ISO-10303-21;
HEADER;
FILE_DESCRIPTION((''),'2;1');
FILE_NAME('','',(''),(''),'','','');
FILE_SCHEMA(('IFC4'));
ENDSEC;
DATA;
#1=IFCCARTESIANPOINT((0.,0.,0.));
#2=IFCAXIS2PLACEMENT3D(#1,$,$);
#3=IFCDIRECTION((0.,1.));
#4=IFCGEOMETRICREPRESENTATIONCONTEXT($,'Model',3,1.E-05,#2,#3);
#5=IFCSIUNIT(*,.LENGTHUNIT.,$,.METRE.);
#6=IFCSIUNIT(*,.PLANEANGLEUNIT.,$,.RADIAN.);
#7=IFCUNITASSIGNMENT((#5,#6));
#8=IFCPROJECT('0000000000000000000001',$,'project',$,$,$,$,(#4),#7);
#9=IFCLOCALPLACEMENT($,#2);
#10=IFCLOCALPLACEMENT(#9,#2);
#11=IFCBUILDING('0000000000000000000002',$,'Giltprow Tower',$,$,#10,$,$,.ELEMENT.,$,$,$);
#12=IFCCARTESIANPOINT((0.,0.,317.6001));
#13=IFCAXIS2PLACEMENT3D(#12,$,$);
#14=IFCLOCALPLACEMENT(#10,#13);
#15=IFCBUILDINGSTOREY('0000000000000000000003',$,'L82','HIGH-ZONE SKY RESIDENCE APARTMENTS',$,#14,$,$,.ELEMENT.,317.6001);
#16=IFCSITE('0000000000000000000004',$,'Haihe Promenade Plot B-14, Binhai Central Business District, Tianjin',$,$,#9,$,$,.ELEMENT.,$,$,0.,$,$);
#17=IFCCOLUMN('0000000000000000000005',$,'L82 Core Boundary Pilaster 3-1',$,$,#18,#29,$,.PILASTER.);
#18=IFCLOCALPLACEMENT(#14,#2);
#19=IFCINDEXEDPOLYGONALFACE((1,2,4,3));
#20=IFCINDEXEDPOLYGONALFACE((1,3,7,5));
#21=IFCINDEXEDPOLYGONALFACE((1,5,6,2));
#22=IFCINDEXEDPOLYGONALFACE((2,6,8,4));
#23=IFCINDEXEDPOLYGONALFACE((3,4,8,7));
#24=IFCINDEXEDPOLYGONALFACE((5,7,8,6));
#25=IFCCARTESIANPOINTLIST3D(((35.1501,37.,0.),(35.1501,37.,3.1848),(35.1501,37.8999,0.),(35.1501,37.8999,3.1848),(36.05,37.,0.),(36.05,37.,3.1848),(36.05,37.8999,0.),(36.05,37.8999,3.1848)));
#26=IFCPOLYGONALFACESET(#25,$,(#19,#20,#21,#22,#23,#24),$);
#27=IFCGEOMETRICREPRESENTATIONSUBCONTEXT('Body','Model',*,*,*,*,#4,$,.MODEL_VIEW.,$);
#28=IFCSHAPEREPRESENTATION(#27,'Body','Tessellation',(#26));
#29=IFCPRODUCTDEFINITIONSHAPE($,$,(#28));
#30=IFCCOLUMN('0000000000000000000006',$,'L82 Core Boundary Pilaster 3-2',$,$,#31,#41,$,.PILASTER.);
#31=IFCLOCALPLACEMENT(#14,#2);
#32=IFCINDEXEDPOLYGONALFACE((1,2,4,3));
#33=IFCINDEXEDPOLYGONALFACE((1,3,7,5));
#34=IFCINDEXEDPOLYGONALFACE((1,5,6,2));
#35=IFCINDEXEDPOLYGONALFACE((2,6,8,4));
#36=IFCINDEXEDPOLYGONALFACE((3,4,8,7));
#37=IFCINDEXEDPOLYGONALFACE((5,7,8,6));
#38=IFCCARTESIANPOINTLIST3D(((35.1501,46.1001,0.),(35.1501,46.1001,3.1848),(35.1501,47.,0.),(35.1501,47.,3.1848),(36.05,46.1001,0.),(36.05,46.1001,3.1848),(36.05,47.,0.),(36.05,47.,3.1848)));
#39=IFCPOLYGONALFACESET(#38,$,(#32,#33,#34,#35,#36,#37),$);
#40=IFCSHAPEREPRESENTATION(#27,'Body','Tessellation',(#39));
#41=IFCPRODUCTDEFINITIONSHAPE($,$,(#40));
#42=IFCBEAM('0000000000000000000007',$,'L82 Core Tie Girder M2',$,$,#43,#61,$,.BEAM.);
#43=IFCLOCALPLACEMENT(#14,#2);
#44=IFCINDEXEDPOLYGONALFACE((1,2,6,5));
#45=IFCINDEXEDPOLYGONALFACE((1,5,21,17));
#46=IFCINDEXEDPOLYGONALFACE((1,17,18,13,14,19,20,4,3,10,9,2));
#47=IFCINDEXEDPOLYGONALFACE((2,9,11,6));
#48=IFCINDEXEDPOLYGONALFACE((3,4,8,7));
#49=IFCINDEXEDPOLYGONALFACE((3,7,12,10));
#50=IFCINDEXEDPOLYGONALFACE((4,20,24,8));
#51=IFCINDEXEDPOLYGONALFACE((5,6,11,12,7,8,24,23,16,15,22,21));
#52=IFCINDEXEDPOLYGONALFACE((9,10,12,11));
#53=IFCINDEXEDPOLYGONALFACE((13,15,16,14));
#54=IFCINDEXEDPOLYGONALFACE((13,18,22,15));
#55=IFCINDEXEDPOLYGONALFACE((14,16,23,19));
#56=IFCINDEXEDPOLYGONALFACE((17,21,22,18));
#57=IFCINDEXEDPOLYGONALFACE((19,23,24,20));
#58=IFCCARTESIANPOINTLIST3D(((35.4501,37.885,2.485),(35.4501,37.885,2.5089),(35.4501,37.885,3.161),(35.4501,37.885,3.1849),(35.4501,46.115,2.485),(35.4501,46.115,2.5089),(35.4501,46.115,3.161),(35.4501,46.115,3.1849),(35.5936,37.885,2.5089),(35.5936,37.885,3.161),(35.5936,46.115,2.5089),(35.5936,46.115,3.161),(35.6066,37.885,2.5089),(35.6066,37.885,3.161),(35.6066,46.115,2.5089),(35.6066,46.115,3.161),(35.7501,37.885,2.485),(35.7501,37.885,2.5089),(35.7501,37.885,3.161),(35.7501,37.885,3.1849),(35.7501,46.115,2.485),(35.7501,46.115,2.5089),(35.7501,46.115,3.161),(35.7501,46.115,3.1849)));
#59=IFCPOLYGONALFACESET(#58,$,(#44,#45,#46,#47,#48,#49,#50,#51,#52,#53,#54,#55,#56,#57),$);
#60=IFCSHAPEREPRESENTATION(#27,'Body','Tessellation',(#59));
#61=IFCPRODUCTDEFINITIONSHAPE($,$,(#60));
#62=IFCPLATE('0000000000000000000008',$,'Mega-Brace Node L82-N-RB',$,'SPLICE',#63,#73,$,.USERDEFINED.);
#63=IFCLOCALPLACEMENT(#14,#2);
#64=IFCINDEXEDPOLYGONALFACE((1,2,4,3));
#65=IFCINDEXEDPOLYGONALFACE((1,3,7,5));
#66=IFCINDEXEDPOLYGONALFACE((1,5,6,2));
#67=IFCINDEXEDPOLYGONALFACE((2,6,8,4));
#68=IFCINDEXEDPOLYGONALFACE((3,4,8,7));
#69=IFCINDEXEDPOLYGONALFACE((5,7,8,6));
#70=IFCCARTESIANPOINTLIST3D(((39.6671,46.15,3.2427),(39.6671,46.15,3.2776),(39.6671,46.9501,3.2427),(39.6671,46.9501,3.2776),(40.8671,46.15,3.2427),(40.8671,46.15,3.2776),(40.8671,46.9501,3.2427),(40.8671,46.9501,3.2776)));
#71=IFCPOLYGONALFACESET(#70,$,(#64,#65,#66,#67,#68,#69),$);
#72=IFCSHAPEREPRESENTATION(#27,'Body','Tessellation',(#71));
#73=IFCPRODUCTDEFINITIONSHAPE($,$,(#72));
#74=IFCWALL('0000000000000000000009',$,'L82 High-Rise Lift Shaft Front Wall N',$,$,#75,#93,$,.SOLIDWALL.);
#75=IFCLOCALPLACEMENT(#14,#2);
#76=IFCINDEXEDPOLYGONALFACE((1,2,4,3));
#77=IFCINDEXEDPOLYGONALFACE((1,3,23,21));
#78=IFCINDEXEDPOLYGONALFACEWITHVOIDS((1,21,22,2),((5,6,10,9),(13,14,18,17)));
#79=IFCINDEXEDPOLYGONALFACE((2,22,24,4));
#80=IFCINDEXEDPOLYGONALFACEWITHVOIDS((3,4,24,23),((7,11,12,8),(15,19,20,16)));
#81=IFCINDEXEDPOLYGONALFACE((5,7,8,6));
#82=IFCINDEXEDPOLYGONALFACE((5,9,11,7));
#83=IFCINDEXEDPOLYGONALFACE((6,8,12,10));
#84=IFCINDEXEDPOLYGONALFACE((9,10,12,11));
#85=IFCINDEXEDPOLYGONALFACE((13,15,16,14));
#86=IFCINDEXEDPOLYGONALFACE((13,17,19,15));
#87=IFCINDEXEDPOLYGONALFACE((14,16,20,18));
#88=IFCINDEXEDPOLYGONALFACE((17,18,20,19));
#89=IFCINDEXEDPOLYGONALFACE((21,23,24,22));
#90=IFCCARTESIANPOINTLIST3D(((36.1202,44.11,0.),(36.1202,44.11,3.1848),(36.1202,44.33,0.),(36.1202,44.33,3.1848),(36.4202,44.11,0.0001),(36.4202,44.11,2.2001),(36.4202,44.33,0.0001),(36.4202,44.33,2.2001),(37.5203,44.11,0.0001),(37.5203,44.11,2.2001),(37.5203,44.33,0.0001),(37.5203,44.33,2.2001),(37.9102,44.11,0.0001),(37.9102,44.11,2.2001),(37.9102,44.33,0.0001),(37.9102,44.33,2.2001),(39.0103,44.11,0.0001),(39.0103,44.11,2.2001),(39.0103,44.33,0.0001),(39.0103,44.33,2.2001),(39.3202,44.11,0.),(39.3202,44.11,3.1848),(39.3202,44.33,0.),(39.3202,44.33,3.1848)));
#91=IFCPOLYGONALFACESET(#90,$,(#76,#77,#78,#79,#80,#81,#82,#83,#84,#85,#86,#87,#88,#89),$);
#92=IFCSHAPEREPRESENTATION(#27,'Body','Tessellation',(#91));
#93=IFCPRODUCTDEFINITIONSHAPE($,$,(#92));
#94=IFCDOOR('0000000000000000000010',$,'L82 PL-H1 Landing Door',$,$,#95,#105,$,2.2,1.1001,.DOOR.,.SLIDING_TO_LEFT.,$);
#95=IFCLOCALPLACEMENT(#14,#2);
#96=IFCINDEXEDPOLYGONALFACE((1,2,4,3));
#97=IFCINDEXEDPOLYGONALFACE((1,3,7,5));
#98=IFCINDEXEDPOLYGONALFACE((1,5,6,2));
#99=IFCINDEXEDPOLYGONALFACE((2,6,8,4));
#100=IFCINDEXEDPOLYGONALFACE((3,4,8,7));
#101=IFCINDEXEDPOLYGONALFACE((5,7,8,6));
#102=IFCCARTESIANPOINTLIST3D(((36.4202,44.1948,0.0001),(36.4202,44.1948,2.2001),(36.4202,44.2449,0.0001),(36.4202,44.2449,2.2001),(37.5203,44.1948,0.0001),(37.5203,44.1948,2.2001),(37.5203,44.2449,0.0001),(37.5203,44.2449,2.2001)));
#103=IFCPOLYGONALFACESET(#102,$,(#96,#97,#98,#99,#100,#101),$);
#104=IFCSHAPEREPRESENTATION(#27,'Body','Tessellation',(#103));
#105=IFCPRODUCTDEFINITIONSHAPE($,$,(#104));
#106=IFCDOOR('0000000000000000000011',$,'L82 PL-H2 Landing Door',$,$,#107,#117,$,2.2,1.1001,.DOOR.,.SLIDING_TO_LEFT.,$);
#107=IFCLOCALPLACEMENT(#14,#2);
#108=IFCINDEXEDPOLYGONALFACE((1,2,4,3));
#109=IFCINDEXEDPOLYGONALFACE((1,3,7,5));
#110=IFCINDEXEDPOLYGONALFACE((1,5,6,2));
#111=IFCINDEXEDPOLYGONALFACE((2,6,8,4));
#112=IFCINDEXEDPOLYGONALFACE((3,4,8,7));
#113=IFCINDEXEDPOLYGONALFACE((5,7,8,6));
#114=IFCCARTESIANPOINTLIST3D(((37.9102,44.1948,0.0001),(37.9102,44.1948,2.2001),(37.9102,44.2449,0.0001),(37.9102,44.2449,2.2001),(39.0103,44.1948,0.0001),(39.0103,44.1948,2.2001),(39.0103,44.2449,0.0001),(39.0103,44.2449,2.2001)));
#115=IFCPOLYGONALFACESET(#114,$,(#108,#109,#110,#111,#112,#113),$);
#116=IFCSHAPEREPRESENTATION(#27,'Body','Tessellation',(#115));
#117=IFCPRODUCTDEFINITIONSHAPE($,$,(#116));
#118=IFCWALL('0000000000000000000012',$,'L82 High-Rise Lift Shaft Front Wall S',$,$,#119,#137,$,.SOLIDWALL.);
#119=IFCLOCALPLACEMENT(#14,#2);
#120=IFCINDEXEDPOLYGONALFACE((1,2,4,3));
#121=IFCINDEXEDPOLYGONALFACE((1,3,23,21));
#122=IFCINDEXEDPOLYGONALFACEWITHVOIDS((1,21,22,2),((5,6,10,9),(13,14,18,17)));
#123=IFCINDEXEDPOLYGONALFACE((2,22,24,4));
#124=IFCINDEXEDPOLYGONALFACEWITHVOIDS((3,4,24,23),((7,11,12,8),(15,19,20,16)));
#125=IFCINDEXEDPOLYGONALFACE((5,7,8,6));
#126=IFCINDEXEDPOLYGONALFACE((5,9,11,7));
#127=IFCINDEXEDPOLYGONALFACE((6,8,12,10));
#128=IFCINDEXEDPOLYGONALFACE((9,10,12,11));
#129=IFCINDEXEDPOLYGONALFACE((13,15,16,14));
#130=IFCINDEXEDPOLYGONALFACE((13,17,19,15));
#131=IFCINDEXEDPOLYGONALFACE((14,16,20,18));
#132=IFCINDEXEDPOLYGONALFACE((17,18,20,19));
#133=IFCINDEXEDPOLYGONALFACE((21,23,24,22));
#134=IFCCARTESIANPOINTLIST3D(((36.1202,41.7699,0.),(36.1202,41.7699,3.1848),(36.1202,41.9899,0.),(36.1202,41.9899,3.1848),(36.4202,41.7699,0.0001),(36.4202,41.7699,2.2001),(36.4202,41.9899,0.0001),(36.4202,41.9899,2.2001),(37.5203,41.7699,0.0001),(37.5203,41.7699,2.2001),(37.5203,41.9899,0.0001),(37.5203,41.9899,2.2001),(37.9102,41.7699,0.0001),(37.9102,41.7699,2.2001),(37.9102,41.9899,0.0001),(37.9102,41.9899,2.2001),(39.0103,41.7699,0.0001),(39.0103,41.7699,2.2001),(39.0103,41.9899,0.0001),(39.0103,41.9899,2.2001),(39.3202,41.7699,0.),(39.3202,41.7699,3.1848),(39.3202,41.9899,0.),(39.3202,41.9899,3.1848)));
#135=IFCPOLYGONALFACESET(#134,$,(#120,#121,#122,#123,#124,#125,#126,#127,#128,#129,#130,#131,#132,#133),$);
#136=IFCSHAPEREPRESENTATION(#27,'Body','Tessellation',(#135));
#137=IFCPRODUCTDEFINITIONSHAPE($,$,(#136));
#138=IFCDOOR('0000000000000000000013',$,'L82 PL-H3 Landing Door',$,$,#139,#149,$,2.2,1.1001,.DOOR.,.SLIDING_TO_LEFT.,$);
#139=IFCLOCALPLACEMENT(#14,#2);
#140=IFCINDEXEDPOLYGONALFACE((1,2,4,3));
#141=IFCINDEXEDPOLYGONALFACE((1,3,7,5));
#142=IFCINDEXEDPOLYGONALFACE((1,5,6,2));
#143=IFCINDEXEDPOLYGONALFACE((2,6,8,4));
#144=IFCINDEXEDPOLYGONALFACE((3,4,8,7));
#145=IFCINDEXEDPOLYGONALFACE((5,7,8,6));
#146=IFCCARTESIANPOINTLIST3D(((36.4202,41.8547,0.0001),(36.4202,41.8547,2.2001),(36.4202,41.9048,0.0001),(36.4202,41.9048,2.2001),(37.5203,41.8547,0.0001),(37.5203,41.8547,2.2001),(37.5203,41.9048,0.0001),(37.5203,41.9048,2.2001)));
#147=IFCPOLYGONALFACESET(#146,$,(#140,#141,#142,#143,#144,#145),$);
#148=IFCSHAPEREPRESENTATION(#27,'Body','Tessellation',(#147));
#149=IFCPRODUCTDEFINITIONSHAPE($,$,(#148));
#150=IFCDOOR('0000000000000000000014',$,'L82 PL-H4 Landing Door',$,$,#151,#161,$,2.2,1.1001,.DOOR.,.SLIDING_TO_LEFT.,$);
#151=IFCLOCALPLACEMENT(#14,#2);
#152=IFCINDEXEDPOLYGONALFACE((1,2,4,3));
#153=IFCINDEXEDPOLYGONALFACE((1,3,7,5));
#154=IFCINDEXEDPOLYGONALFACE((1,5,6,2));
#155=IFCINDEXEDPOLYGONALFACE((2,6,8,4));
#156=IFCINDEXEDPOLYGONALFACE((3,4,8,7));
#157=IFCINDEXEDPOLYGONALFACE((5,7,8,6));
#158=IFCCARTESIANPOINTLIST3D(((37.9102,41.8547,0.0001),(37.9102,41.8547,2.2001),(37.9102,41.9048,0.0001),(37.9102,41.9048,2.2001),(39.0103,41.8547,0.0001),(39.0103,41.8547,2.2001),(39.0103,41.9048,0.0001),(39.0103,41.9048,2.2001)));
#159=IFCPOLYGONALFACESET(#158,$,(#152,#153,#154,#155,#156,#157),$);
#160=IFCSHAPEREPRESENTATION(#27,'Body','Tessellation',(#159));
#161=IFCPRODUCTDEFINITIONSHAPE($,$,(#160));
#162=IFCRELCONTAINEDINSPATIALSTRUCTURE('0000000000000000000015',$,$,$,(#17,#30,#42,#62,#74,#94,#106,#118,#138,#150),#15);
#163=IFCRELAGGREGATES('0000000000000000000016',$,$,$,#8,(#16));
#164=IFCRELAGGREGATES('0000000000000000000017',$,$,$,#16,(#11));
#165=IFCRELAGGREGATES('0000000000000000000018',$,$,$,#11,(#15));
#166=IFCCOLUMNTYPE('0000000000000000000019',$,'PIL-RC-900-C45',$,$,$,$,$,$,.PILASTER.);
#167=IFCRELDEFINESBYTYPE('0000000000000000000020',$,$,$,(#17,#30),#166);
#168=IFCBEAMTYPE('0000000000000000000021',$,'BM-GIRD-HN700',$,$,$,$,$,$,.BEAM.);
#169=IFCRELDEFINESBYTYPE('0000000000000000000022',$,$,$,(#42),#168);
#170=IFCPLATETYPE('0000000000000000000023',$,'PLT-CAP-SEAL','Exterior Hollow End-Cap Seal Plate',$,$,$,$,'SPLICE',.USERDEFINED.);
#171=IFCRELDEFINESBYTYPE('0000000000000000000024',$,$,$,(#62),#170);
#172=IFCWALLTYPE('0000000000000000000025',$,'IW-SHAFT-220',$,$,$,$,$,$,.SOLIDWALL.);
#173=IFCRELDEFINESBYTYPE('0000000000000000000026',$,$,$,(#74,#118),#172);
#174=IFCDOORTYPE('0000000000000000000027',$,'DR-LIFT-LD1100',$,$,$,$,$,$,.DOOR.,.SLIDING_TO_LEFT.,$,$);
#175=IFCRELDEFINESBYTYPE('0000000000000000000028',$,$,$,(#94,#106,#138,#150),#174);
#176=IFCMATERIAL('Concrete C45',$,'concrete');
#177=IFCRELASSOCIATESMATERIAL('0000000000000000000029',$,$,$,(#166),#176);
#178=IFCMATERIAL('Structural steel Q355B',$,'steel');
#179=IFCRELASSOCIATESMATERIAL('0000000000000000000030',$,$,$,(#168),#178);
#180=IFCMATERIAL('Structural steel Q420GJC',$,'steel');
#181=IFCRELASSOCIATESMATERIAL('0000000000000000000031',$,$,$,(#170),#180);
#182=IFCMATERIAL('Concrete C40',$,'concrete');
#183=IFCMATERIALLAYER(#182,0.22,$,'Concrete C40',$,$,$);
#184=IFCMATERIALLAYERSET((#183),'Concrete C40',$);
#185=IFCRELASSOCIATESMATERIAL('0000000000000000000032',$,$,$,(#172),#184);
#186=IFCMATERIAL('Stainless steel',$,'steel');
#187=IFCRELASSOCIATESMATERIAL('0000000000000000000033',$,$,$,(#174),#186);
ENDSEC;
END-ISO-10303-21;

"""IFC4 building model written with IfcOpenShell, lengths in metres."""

from ifc_helpers import new_model, si_unit, direction, frame, frame_2d, origin, origin_2d, place, context, subcontext, project, spatial, rectangle, i_section, extrude, source, transform, mapped, material, layer, layer_set, material_profile, profile_set, type_object, element, fill, save


model = new_model("IFC4")

# Units and contexts
model_context = context("Model", 3, precision=1e-05, world=origin(), true_north=direction((0.0, 1.0)))
body_context = subcontext(model_context, "Body", "Model", "MODEL_VIEW")
ifc_project = project(units=[si_unit("LENGTHUNIT", "METRE"), si_unit("PLANEANGLEUNIT", "RADIAN")], contexts=[model_context])

# Site, building, storey
site_placement = place(None, origin())
site = spatial("IfcSite", under=ifc_project, at=site_placement, Name="Haihe Promenade Plot B-14, Binhai Central Business District, Tianjin", CompositionType="ELEMENT", RefElevation=0.0)
building_placement = place(site_placement, origin())
building = spatial("IfcBuilding", under=site, at=building_placement, Name="Giltprow Tower", CompositionType="ELEMENT")
storey_placement = place(building_placement, frame((0.0, 0.0, 317.6001)))
storey = spatial("IfcBuildingStorey", under=building, at=storey_placement, Name="L82", Description="HIGH-ZONE SKY RESIDENCE APARTMENTS", CompositionType="ELEMENT", Elevation=317.6001)

# Columns
ifc_material_1 = material(Name="Concrete C45", Category="concrete")
ifc_material_profile_1 = material_profile(ifc_material_1, rectangle(XDim=0.8999, YDim=0.8999, at=origin_2d()), Name="RC 900x900")
ifc_profile_set_1 = profile_set([ifc_material_profile_1], Name="Concrete C45")
column_type = type_object("IfcColumnType", Name="PIL-RC-900-C45", PredefinedType="PILASTER", material=ifc_profile_set_1)
shared_shape_1 = source(origin(), body_context, "Body", "SweptSolid", [
    extrude(rectangle(XDim=0.8999, YDim=0.8999, at=origin_2d()), origin(), (0.0, 0.0, 1.0), 3.1848),
])
for number, where, z_axis, x_axis, name in (
    (1, (35.6001, 37.45, 0.0), (0.0, 0.0, 1.0), (1.0, 0.0, 0.0), "L82 Core Boundary Pilaster 3-1"),
    (2, (35.6001, 46.55, 0.0), (0.0, 0.0, 1.0), (1.0, 0.0, 0.0), "L82 Core Boundary Pilaster 3-2"),
):
    element("IfcColumn", number, at=place(storey_placement, frame(where, z_axis=z_axis, x_axis=x_axis)), inside=storey, type_object=column_type, Name=name, PredefinedType="PILASTER", context=body_context, shape_type="MappedRepresentation", body=[
        mapped(shared_shape_1, transform((0.0, 0.0, 0.0), x_axis=(1.0, 0.0, 0.0), y_axis=(0.0, 1.0, 0.0), z_axis=(0.0, 0.0, 1.0), scale=1.0)),
    ])

# Beam
ifc_material_2 = material(Name="Structural steel Q355B", Category="steel")
ifc_material_profile_2 = material_profile(ifc_material_2, i_section(OverallWidth=0.3, OverallDepth=0.7, WebThickness=0.0129, FlangeThickness=0.0239, at=origin_2d()), Name="HN 700x300x13x24")
ifc_profile_set_2 = profile_set([ifc_material_profile_2], Name="Structural steel Q355B")
beam_type = type_object("IfcBeamType", Name="BM-GIRD-HN700", PredefinedType="BEAM", material=ifc_profile_set_2)
shared_shape_2 = source(origin(), body_context, "Body", "SweptSolid", [
    extrude(i_section(OverallWidth=0.3, OverallDepth=0.7, WebThickness=0.0129, FlangeThickness=0.0239, at=origin_2d()), origin(), (0.0, 0.0, 1.0), 8.23),
])
beam_placement = place(storey_placement, frame((35.6001, 37.885, 2.835), z_axis=(0.0, 1.0, 0.0), x_axis=(-1.0, 0.0, 0.0)))
element("IfcBeam", 3, at=beam_placement, inside=storey, type_object=beam_type, Name="L82 Core Tie Girder M2", PredefinedType="BEAM", context=body_context, shape_type="MappedRepresentation", body=[
    mapped(shared_shape_2, transform((0.0, 0.0, 0.0), x_axis=(1.0, 0.0, 0.0), y_axis=(0.0, 1.0, 0.0), z_axis=(0.0, 0.0, 1.0), scale=1.0)),
])

# Plate
ifc_material_3 = material(Name="Structural steel Q420GJC", Category="steel")
plate_type = type_object("IfcPlateType", Name="PLT-CAP-SEAL", Description="Exterior Hollow End-Cap Seal Plate", ElementType="SPLICE", PredefinedType="USERDEFINED", material=ifc_material_3)
shared_shape_3 = source(origin(), body_context, "Body", "SweptSolid", [
    extrude(rectangle(XDim=1.2, YDim=0.8, at=origin_2d()), origin(), (0.0, 0.0, 1.0), 0.0349),
])
plate_placement = place(storey_placement, frame((40.2671, 46.55, 3.2427), z_axis=(0.0, 0.0, 1.0), x_axis=(1.0, 0.0, 0.0)))
element("IfcPlate", 4, at=plate_placement, inside=storey, type_object=plate_type, Name="Mega-Brace Node L82-N-RB", ObjectType="SPLICE", PredefinedType="USERDEFINED", context=body_context, shape_type="MappedRepresentation", body=[
    mapped(shared_shape_3, transform((0.0, 0.0, 0.0), x_axis=(1.0, 0.0, 0.0), y_axis=(0.0, 1.0, 0.0), z_axis=(0.0, 0.0, 1.0), scale=1.0)),
])

# Walls, openings, doors
ifc_material_4 = material(Name="Concrete C40", Category="concrete")
ifc_layer_1 = layer(ifc_material_4, 0.22, Name="Concrete C40")
ifc_layer_set_1 = layer_set([ifc_layer_1], Name="Concrete C40")
wall_type_1 = type_object("IfcWallType", Name="IW-SHAFT-220", PredefinedType="SOLIDWALL", material=ifc_layer_set_1)
wall_1_placement = place(storey_placement, frame((36.1201, 44.22, 0.0), z_axis=(0.0, 0.0, 1.0), x_axis=(1.0, 0.0, 0.0)))
wall_1 = element("IfcWall", 5, at=wall_1_placement, inside=storey, type_object=wall_type_1, Name="L82 High-Rise Lift Shaft Front Wall N", PredefinedType="SOLIDWALL", context=body_context, shape_type="SweptSolid", body=[
    extrude(rectangle(XDim=3.2, YDim=0.22, at=frame_2d((1.6001, 0.0))), origin(), (0.0, 0.0, 1.0), 3.1848),
])
opening_1_placement = place(wall_1_placement, frame((0.3, 0.0, 0.0)))
opening_1 = element("IfcOpeningElement", 6, at=opening_1_placement, cuts=wall_1, PredefinedType="OPENING", context=body_context, shape_type="SweptSolid", body=[
    extrude(rectangle(XDim=1.1001, YDim=2.2, at=frame_2d((0.55, 1.1001))), frame((0.0, 0.1199, 0.0), z_axis=(0.0, -1.0, 0.0), x_axis=(1.0, 0.0, 0.0)), (0.0, 0.0, 1.0), 0.24),
])
opening_2_placement = place(wall_1_placement, frame((1.79, 0.0, 0.0)))
opening_2 = element("IfcOpeningElement", 7, at=opening_2_placement, cuts=wall_1, PredefinedType="OPENING", context=body_context, shape_type="SweptSolid", body=[
    extrude(rectangle(XDim=1.1001, YDim=2.2, at=frame_2d((0.55, 1.1001))), frame((0.0, 0.1199, 0.0), z_axis=(0.0, -1.0, 0.0), x_axis=(1.0, 0.0, 0.0)), (0.0, 0.0, 1.0), 0.24),
])
ifc_material_5 = material(Name="Stainless steel", Category="steel")
door_type_1 = type_object("IfcDoorType", Name="DR-LIFT-LD1100", OperationType="SLIDING_TO_LEFT", PredefinedType="DOOR", material=ifc_material_5)
shared_shape_4 = source(origin(), body_context, "Body", "SweptSolid", [
    extrude(rectangle(XDim=1.1001, YDim=2.2, at=frame_2d((0.55, 1.1001))), frame((0.0, 0.0249, 0.0), z_axis=(0.0, -1.0, 0.0), x_axis=(1.0, 0.0, 0.0)), (0.0, 0.0, 1.0), 0.05),
])
door_1_placement = place(opening_1_placement, origin())
door_1 = element("IfcDoor", 8, at=door_1_placement, inside=storey, type_object=door_type_1, Name="L82 PL-H1 Landing Door", OperationType="SLIDING_TO_LEFT", OverallHeight=2.2, OverallWidth=1.1001, PredefinedType="DOOR", context=body_context, shape_type="MappedRepresentation", body=[
    mapped(shared_shape_4, transform((0.0, 0.0, 0.0), x_axis=(1.0, 0.0, 0.0), y_axis=(0.0, 1.0, 0.0), z_axis=(0.0, 0.0, 1.0), scale=1.0)),
])
fill(opening_1, door_1)
door_2_placement = place(opening_2_placement, origin())
door_2 = element("IfcDoor", 9, at=door_2_placement, inside=storey, type_object=door_type_1, Name="L82 PL-H2 Landing Door", OperationType="SLIDING_TO_LEFT", OverallHeight=2.2, OverallWidth=1.1001, PredefinedType="DOOR", context=body_context, shape_type="MappedRepresentation", body=[
    mapped(shared_shape_4, transform((0.0, 0.0, 0.0), x_axis=(1.0, 0.0, 0.0), y_axis=(0.0, 1.0, 0.0), z_axis=(0.0, 0.0, 1.0), scale=1.0)),
])
fill(opening_2, door_2)
wall_2_placement = place(storey_placement, frame((36.1201, 41.8799, 0.0), z_axis=(0.0, 0.0, 1.0), x_axis=(1.0, 0.0, 0.0)))
wall_2 = element("IfcWall", 10, at=wall_2_placement, inside=storey, type_object=wall_type_1, Name="L82 High-Rise Lift Shaft Front Wall S", PredefinedType="SOLIDWALL", context=body_context, shape_type="SweptSolid", body=[
    extrude(rectangle(XDim=3.2, YDim=0.22, at=frame_2d((1.6001, 0.0))), origin(), (0.0, 0.0, 1.0), 3.1848),
])
opening_3_placement = place(wall_2_placement, frame((0.3, 0.0, 0.0)))
opening_3 = element("IfcOpeningElement", 11, at=opening_3_placement, cuts=wall_2, PredefinedType="OPENING", context=body_context, shape_type="SweptSolid", body=[
    extrude(rectangle(XDim=1.1001, YDim=2.2, at=frame_2d((0.55, 1.1001))), frame((0.0, 0.1199, 0.0), z_axis=(0.0, -1.0, 0.0), x_axis=(1.0, 0.0, 0.0)), (0.0, 0.0, 1.0), 0.24),
])
opening_4_placement = place(wall_2_placement, frame((1.79, 0.0, 0.0)))
opening_4 = element("IfcOpeningElement", 12, at=opening_4_placement, cuts=wall_2, PredefinedType="OPENING", context=body_context, shape_type="SweptSolid", body=[
    extrude(rectangle(XDim=1.1001, YDim=2.2, at=frame_2d((0.55, 1.1001))), frame((0.0, 0.1199, 0.0), z_axis=(0.0, -1.0, 0.0), x_axis=(1.0, 0.0, 0.0)), (0.0, 0.0, 1.0), 0.24),
])
door_3_placement = place(opening_3_placement, origin())
door_3 = element("IfcDoor", 13, at=door_3_placement, inside=storey, type_object=door_type_1, Name="L82 PL-H3 Landing Door", OperationType="SLIDING_TO_LEFT", OverallHeight=2.2, OverallWidth=1.1001, PredefinedType="DOOR", context=body_context, shape_type="MappedRepresentation", body=[
    mapped(shared_shape_4, transform((0.0, 0.0, 0.0), x_axis=(1.0, 0.0, 0.0), y_axis=(0.0, 1.0, 0.0), z_axis=(0.0, 0.0, 1.0), scale=1.0)),
])
fill(opening_3, door_3)
door_4_placement = place(opening_4_placement, origin())
door_4 = element("IfcDoor", 14, at=door_4_placement, inside=storey, type_object=door_type_1, Name="L82 PL-H4 Landing Door", OperationType="SLIDING_TO_LEFT", OverallHeight=2.2, OverallWidth=1.1001, PredefinedType="DOOR", context=body_context, shape_type="MappedRepresentation", body=[
    mapped(shared_shape_4, transform((0.0, 0.0, 0.0), x_axis=(1.0, 0.0, 0.0), y_axis=(0.0, 1.0, 0.0), z_axis=(0.0, 0.0, 1.0), scale=1.0)),
])
fill(opening_4, door_4)

save(model, "model.ifc")
